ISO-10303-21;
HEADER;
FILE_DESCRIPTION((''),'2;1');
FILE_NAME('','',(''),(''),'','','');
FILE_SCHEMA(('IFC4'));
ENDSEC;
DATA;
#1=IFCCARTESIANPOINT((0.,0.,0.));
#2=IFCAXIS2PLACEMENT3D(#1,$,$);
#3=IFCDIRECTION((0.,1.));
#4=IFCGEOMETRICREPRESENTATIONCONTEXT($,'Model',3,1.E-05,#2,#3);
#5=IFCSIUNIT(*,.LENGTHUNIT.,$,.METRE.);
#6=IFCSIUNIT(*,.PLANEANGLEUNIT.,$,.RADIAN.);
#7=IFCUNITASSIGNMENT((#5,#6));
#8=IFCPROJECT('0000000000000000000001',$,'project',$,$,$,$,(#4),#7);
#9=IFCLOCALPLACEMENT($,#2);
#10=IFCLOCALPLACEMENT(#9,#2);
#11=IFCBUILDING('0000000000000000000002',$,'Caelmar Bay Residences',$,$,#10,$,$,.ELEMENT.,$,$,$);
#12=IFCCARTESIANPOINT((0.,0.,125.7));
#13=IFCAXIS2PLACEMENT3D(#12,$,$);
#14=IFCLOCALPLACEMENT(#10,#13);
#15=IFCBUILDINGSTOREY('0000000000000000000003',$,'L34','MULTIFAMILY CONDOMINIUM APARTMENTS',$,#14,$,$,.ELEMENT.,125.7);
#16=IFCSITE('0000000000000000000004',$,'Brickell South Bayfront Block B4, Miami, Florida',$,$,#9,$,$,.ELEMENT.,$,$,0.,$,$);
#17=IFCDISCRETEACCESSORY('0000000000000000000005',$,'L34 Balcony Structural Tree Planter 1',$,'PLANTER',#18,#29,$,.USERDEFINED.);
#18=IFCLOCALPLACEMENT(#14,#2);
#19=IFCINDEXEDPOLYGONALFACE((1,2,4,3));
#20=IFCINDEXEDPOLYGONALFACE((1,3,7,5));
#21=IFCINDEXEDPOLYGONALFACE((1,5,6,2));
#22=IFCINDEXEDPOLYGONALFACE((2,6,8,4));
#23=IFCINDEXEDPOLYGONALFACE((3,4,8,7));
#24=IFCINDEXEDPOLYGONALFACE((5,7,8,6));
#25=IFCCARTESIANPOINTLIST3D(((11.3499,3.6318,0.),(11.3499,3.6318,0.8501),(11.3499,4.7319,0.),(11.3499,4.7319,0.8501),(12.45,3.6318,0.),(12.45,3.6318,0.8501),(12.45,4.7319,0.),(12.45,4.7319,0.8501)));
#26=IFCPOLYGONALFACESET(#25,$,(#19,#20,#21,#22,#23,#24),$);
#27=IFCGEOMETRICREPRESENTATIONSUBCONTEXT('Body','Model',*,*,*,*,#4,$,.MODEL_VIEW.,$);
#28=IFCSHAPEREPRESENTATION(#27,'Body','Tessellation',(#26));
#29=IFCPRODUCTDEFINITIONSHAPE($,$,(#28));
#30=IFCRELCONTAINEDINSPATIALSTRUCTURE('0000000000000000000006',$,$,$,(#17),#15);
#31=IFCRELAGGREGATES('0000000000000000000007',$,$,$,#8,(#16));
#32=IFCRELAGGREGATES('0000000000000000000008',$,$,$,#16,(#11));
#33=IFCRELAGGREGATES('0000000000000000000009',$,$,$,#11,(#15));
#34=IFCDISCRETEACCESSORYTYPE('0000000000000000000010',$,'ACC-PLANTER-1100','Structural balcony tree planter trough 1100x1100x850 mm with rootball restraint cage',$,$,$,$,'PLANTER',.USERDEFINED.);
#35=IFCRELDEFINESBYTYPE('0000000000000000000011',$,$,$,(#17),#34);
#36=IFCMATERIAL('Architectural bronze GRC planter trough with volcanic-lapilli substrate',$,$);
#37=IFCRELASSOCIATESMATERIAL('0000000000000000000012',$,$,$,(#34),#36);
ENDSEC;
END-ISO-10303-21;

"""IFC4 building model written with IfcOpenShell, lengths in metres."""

from ifc_helpers import new_model, si_unit, direction, frame, origin, origin_2d, place, context, subcontext, project, spatial, rectangle, extrude, material, type_object, element, save


model = new_model("IFC4")

# Units and contexts
model_context = context("Model", 3, precision=1e-05, world=origin(), true_north=direction((0.0, 1.0)))
body_context = subcontext(model_context, "Body", "Model", "MODEL_VIEW")
ifc_project = project(units=[si_unit("LENGTHUNIT", "METRE"), si_unit("PLANEANGLEUNIT", "RADIAN")], contexts=[model_context])

# Site, building, storey
site_placement = place(None, origin())
site = spatial("IfcSite", under=ifc_project, at=site_placement, Name="Brickell South Bayfront Block B4, Miami, Florida", CompositionType="ELEMENT", RefElevation=0.0)
building_placement = place(site_placement, origin())
building = spatial("IfcBuilding", under=site, at=building_placement, Name="Caelmar Bay Residences", CompositionType="ELEMENT")
storey_placement = place(building_placement, frame((0.0, 0.0, 125.7)))
storey = spatial("IfcBuildingStorey", under=building, at=storey_placement, Name="L34", Description="MULTIFAMILY CONDOMINIUM APARTMENTS", CompositionType="ELEMENT", Elevation=125.7)

# Discrete accessory
ifc_material_1 = material(Name="Architectural bronze GRC planter trough with volcanic-lapilli substrate")
discrete_accessory_type = type_object("IfcDiscreteAccessoryType", Name="ACC-PLANTER-1100", Description="Structural balcony tree planter trough 1100x1100x850 mm with rootball restraint cage", ElementType="PLANTER", PredefinedType="USERDEFINED", material=ifc_material_1)
discrete_accessory_placement = place(storey_placement, frame((11.8999, 4.1819, 0.0), z_axis=(0.0, 0.0, 1.0), x_axis=(1.0, 0.0, 0.0)))
element("IfcDiscreteAccessory", 1, at=discrete_accessory_placement, inside=storey, type_object=discrete_accessory_type, Name="L34 Balcony Structural Tree Planter 1", ObjectType="PLANTER", PredefinedType="USERDEFINED", context=body_context, shape_type="SweptSolid", body=[
    extrude(rectangle(XDim=1.1001, YDim=1.1001, at=origin_2d()), origin(), (0.0, 0.0, 1.0), 0.8501),
])

save(model, "model.ifc")
